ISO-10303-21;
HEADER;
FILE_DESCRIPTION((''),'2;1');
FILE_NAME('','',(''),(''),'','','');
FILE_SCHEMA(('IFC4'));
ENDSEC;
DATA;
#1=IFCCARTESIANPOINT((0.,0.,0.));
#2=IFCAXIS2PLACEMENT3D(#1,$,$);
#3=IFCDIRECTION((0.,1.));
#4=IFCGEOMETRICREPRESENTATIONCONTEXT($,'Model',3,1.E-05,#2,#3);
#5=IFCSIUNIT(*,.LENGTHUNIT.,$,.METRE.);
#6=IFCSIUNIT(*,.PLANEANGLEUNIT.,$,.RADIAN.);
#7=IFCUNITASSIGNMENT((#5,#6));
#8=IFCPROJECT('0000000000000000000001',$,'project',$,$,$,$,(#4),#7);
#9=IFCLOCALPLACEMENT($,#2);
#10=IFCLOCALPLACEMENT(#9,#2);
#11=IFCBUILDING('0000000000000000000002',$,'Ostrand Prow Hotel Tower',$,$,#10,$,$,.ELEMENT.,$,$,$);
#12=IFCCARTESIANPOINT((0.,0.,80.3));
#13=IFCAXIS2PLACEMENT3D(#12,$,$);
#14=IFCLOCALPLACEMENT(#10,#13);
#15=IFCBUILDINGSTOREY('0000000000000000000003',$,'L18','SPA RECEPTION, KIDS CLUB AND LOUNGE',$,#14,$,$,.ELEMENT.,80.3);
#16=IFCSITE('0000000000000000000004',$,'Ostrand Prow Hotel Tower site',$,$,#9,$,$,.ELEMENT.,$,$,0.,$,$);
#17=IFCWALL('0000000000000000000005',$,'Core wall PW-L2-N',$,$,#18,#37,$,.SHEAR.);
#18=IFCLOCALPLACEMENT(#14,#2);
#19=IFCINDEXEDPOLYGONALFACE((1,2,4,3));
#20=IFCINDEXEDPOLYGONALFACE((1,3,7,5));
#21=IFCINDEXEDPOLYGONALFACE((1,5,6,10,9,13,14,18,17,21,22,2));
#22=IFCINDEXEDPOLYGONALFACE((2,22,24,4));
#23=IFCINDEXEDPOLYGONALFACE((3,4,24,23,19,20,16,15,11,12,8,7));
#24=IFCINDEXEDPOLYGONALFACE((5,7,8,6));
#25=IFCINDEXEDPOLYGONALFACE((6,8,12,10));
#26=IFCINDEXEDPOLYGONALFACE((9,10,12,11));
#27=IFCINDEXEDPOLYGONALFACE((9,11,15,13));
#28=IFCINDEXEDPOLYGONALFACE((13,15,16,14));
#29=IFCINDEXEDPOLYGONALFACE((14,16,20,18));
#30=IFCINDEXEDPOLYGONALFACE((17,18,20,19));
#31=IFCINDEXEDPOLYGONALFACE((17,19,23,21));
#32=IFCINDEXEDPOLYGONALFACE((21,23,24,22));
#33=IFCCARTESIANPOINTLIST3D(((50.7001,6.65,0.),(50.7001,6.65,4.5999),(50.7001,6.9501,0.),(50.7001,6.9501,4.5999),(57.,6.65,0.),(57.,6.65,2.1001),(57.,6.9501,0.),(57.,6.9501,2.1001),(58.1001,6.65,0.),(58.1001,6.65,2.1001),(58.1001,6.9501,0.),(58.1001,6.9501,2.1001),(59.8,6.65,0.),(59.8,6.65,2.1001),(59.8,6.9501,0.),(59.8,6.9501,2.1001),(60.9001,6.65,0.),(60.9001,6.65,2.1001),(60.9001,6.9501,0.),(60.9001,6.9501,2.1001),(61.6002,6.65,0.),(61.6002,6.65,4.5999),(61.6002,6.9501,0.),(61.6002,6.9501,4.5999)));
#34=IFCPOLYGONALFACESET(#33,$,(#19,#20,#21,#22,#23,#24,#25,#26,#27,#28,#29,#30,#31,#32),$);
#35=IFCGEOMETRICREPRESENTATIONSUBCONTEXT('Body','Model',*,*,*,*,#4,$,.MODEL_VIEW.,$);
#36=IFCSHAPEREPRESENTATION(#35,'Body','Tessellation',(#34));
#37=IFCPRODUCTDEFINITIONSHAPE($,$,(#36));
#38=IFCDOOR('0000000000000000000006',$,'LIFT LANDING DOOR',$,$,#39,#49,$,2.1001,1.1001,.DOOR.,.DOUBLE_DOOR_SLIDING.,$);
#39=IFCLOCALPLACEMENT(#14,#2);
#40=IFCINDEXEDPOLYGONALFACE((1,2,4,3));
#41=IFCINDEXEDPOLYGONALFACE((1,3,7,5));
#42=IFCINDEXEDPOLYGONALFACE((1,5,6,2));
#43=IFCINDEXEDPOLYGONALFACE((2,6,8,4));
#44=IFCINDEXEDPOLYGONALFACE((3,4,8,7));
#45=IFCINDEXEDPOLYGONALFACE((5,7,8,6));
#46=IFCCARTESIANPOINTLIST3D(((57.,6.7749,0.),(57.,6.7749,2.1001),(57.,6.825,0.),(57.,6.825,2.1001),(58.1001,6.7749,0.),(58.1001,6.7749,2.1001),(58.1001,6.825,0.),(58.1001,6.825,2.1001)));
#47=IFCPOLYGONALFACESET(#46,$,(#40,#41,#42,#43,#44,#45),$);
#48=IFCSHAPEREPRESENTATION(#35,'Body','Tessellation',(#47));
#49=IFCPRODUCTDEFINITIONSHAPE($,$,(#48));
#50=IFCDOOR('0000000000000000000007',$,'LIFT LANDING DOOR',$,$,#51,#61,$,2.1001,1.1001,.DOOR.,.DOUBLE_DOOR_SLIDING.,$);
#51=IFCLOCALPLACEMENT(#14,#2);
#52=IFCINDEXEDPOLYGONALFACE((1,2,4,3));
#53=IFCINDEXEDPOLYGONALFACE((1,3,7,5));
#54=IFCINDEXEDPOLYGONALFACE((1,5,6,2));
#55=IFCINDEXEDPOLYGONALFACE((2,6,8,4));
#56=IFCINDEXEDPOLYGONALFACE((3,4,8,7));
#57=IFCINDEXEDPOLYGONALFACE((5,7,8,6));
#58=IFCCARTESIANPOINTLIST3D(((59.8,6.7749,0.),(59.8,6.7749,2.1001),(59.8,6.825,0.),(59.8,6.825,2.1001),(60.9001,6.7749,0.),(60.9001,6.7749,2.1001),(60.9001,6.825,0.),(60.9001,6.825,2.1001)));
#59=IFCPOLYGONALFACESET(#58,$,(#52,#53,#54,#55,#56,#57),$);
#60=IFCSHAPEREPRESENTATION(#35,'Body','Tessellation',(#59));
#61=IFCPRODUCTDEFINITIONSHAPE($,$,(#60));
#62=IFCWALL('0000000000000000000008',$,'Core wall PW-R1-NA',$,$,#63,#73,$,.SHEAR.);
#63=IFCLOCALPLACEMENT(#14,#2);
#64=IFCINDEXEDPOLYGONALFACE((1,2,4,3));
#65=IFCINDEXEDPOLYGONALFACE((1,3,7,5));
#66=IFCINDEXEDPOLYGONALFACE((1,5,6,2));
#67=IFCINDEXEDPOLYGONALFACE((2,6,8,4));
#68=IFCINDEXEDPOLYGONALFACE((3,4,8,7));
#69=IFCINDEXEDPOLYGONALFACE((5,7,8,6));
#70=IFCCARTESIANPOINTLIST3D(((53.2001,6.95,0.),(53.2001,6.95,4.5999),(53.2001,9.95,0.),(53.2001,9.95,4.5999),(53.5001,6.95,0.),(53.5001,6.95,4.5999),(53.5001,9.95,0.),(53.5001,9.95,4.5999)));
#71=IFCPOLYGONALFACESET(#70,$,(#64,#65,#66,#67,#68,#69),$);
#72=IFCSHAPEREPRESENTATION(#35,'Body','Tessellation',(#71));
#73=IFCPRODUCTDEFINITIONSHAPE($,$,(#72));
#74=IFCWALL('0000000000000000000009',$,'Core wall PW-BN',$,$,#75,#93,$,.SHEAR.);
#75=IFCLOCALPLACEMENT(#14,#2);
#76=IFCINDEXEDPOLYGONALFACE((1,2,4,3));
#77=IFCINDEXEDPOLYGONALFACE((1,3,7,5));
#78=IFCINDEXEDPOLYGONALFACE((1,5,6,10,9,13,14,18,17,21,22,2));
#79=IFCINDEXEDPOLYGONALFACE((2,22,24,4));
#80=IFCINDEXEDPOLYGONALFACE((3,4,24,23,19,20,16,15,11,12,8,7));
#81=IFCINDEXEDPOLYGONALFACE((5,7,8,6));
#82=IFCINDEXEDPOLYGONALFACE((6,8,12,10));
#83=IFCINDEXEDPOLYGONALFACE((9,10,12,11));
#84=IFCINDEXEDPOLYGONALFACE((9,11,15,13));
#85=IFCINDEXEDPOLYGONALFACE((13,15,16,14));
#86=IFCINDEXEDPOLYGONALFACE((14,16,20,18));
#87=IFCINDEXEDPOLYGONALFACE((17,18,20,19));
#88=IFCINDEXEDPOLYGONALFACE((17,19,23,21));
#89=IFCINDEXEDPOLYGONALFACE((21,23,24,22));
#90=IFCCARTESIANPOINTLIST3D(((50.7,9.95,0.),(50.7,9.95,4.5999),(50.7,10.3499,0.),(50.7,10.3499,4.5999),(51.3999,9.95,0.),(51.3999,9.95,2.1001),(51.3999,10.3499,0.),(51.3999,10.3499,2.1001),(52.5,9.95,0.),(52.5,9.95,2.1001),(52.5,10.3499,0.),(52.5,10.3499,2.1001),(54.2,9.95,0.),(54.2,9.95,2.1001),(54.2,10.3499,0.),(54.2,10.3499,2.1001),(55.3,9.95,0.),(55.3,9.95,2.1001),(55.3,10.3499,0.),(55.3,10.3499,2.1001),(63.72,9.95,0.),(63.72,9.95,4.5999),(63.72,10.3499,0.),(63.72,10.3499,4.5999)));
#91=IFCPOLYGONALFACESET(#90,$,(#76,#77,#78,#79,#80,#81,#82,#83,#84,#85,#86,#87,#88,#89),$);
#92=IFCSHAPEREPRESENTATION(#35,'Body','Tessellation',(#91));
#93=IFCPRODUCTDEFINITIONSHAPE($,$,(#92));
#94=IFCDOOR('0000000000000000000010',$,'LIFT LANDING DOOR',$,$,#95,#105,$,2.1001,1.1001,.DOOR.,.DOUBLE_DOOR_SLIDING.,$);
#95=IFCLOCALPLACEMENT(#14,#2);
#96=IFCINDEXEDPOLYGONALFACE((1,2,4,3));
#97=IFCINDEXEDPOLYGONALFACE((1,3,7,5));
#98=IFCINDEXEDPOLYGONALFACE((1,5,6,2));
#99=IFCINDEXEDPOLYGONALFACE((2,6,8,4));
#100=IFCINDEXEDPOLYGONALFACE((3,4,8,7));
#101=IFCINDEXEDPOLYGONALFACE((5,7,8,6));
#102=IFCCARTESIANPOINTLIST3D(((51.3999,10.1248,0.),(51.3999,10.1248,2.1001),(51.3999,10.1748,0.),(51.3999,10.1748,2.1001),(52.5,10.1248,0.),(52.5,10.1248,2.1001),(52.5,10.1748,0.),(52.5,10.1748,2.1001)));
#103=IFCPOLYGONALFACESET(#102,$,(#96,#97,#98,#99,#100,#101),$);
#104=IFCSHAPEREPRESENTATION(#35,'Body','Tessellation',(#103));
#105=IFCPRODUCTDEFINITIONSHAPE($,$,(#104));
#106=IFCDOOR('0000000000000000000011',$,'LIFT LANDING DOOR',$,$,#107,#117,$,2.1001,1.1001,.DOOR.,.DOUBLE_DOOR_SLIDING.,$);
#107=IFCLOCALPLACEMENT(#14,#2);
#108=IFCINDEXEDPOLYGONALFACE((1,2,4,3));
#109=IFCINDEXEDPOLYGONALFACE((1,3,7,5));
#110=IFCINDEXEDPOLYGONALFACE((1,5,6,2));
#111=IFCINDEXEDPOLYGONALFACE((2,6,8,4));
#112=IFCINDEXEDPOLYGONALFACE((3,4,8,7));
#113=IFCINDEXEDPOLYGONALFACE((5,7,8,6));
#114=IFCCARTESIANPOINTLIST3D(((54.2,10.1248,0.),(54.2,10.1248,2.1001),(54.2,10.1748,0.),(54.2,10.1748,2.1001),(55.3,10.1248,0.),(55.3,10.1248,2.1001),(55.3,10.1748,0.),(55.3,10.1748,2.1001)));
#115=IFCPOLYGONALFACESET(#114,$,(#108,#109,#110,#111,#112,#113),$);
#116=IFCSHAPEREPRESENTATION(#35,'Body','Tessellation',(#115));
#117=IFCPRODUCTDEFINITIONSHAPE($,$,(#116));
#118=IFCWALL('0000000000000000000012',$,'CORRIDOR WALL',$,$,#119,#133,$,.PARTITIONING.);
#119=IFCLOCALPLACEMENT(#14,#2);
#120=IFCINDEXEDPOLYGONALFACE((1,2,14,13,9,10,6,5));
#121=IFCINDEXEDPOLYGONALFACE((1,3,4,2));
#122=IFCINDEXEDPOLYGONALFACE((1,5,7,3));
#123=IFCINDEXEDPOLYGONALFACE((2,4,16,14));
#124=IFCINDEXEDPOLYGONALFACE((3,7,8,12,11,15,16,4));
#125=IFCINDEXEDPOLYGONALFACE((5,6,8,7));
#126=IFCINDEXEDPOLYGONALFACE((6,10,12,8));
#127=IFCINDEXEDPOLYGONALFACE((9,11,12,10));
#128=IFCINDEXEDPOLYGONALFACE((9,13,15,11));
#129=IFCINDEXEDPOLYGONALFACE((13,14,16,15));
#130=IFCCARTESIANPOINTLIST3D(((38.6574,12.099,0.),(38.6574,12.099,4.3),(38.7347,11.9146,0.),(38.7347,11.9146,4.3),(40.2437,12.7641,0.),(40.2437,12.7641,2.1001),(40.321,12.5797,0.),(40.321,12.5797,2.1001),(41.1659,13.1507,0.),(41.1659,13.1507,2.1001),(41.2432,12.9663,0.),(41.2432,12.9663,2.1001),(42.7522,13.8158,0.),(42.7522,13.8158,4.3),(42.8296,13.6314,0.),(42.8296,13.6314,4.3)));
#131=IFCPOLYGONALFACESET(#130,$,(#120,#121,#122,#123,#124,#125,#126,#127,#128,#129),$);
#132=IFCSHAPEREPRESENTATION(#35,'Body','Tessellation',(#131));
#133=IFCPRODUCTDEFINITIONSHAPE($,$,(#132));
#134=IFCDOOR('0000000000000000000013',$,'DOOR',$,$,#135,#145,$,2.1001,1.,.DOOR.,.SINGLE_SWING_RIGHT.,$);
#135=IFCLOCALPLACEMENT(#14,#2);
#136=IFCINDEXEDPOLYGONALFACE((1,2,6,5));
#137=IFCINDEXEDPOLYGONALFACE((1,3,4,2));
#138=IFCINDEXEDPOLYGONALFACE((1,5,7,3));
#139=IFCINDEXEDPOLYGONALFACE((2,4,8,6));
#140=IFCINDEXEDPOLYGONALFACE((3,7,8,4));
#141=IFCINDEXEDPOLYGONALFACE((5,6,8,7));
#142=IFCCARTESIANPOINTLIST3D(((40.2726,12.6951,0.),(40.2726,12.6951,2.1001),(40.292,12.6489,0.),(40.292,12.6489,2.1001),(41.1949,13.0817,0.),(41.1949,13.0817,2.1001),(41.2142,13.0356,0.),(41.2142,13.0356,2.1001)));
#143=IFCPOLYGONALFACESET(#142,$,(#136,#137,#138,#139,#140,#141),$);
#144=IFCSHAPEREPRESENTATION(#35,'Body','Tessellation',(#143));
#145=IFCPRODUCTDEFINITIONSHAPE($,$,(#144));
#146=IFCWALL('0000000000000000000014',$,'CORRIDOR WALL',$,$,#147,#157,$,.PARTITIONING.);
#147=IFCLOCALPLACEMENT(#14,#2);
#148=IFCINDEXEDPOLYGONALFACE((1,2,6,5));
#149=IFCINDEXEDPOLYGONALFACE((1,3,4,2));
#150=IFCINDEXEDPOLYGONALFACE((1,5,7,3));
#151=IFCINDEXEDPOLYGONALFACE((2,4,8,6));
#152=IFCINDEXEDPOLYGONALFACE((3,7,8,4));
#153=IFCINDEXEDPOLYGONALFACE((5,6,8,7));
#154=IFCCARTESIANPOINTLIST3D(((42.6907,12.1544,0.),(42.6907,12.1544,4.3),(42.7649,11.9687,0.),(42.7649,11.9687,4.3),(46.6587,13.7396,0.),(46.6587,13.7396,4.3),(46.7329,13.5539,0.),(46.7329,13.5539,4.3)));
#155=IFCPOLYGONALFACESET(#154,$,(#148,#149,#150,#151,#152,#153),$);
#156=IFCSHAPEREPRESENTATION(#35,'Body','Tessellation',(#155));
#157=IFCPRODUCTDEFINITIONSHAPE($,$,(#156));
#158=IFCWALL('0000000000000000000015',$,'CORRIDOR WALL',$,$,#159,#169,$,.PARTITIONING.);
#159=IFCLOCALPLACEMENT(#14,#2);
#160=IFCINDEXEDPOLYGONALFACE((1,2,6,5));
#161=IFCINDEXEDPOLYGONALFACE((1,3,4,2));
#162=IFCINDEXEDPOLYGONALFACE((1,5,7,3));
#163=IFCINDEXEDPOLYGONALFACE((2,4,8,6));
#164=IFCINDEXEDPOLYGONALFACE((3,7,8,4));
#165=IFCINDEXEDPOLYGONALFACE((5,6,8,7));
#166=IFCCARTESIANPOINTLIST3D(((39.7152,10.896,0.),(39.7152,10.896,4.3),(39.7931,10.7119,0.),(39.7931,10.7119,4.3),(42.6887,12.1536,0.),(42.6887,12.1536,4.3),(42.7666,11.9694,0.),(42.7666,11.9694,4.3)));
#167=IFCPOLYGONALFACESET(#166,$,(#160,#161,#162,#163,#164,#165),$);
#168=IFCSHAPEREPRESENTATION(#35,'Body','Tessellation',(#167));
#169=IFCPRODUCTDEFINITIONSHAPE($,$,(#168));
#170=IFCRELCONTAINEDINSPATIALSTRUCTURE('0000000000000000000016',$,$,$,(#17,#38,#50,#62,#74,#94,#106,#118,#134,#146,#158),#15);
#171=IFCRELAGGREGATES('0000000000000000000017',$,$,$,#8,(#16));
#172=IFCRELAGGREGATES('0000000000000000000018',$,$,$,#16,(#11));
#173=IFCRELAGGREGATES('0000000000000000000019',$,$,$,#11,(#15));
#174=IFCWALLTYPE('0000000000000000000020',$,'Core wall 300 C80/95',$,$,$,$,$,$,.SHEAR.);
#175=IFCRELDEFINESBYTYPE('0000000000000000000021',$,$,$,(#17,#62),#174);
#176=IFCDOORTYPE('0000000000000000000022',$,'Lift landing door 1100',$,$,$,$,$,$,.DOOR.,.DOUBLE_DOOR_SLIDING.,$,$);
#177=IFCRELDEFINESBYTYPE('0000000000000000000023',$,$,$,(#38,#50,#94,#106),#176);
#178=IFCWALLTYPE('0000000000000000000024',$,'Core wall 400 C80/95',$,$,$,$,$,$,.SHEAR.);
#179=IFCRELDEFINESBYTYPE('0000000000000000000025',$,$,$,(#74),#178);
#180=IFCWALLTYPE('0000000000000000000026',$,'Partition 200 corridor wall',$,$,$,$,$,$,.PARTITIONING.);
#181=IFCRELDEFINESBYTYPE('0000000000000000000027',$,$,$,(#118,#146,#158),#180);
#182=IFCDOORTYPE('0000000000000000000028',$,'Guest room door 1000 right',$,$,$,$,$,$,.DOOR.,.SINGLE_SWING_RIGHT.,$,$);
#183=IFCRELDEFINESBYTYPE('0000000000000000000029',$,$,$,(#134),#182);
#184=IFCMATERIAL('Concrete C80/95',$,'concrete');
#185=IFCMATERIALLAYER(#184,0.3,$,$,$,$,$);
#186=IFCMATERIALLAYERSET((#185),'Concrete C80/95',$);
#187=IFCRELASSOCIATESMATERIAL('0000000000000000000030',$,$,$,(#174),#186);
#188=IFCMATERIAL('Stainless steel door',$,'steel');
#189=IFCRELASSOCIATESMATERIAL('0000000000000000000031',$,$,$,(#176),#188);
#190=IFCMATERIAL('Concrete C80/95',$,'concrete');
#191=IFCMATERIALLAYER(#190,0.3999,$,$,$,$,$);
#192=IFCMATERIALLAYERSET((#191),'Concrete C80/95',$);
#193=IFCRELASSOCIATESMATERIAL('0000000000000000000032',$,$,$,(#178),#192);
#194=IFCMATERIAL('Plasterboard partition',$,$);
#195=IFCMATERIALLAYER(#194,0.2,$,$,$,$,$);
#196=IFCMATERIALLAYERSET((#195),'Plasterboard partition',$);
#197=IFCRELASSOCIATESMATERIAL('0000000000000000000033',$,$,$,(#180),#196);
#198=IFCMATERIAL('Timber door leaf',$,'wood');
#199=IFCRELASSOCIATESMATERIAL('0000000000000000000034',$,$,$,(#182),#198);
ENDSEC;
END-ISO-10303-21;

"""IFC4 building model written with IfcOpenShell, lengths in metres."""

from ifc_helpers import new_model, si_unit, direction, frame, frame_2d, origin, place, context, subcontext, project, spatial, rectangle, extrude, material, layer, layer_set, type_object, element, fill, save


model = new_model("IFC4")

# Units and contexts
model_context = context("Model", 3, precision=1e-05, world=origin(), true_north=direction((0.0, 1.0)))
body_context = subcontext(model_context, "Body", "Model", "MODEL_VIEW")
ifc_project = project(units=[si_unit("LENGTHUNIT", "METRE"), si_unit("PLANEANGLEUNIT", "RADIAN")], contexts=[model_context])

# Site, building, storey
site_placement = place(None, origin())
site = spatial("IfcSite", under=ifc_project, at=site_placement, Name="Ostrand Prow Hotel Tower site", CompositionType="ELEMENT", RefElevation=0.0)
building_placement = place(site_placement, origin())
building = spatial("IfcBuilding", under=site, at=building_placement, Name="Ostrand Prow Hotel Tower", CompositionType="ELEMENT")
storey_placement = place(building_placement, frame((0.0, 0.0, 80.3)))
storey = spatial("IfcBuildingStorey", under=building, at=storey_placement, Name="L18", Description="SPA RECEPTION, KIDS CLUB AND LOUNGE", CompositionType="ELEMENT", Elevation=80.3)

# Wall, openings, doors
ifc_material_1 = material(Name="Concrete C80/95", Category="concrete")
ifc_layer_1 = layer(ifc_material_1, 0.3)
ifc_layer_set_1 = layer_set([ifc_layer_1], Name="Concrete C80/95")
wall_type_1 = type_object("IfcWallType", Name="Core wall 300 C80/95", PredefinedType="SHEAR", material=ifc_layer_set_1)
wall_1_placement = place(storey_placement, frame((50.7, 6.8, 0.0), z_axis=(0.0, 0.0, 1.0), x_axis=(1.0, 0.0, 0.0)))
wall_1 = element("IfcWall", 1, at=wall_1_placement, inside=storey, type_object=wall_type_1, Name="Core wall PW-L2-N", PredefinedType="SHEAR", context=body_context, shape_type="SweptSolid", body=[
    extrude(rectangle(XDim=10.9001, YDim=0.3, at=frame_2d((5.4502, 0.0))), origin(), (0.0, 0.0, 1.0), 4.5999),
])
opening_1_placement = place(wall_1_placement, frame((6.3, 0.0, 0.0)))
opening_1 = element("IfcOpeningElement", 2, at=opening_1_placement, cuts=wall_1, PredefinedType="OPENING", context=body_context, shape_type="SweptSolid", body=[
    extrude(rectangle(XDim=1.1001, YDim=2.1001, at=frame_2d((0.55, 1.05))), frame((0.0, 0.1599, 0.0), z_axis=(0.0, -1.0, 0.0), x_axis=(1.0, 0.0, 0.0)), (0.0, 0.0, 1.0), 0.3201),
])
opening_2_placement = place(wall_1_placement, frame((9.1001, 0.0, 0.0)))
opening_2 = element("IfcOpeningElement", 3, at=opening_2_placement, cuts=wall_1, PredefinedType="OPENING", context=body_context, shape_type="SweptSolid", body=[
    extrude(rectangle(XDim=1.1001, YDim=2.1001, at=frame_2d((0.55, 1.05))), frame((0.0, 0.1599, 0.0), z_axis=(0.0, -1.0, 0.0), x_axis=(1.0, 0.0, 0.0)), (0.0, 0.0, 1.0), 0.3201),
])
ifc_material_2 = material(Name="Stainless steel door", Category="steel")
door_type_1 = type_object("IfcDoorType", Name="Lift landing door 1100", OperationType="DOUBLE_DOOR_SLIDING", PredefinedType="DOOR", material=ifc_material_2)
door_1_placement = place(opening_1_placement, origin())
door_1 = element("IfcDoor", 4, at=door_1_placement, inside=storey, type_object=door_type_1, Name="LIFT LANDING DOOR", OperationType="DOUBLE_DOOR_SLIDING", OverallHeight=2.1001, OverallWidth=1.1001, PredefinedType="DOOR", context=body_context, shape_type="SweptSolid", body=[
    extrude(rectangle(XDim=1.1001, YDim=2.1001, at=frame_2d((0.55, 1.05))), frame((0.0, 0.0249, 0.0), z_axis=(0.0, -1.0, 0.0), x_axis=(1.0, 0.0, 0.0)), (0.0, 0.0, 1.0), 0.05),
])
fill(opening_1, door_1)
door_2_placement = place(opening_2_placement, origin())
door_2 = element("IfcDoor", 5, at=door_2_placement, inside=storey, type_object=door_type_1, Name="LIFT LANDING DOOR", OperationType="DOUBLE_DOOR_SLIDING", OverallHeight=2.1001, OverallWidth=1.1001, PredefinedType="DOOR", context=body_context, shape_type="SweptSolid", body=[
    extrude(rectangle(XDim=1.1001, YDim=2.1001, at=frame_2d((0.55, 1.05))), frame((0.0, 0.0249, 0.0), z_axis=(0.0, -1.0, 0.0), x_axis=(1.0, 0.0, 0.0)), (0.0, 0.0, 1.0), 0.05),
])
fill(opening_2, door_2)

# Wall
wall_2_placement = place(storey_placement, frame((53.3501, 6.95, 0.0), z_axis=(0.0, 0.0, 1.0), x_axis=(0.0, 1.0, 0.0)))
element("IfcWall", 6, at=wall_2_placement, inside=storey, type_object=wall_type_1, Name="Core wall PW-R1-NA", PredefinedType="SHEAR", context=body_context, shape_type="SweptSolid", body=[
    extrude(rectangle(XDim=3.0, YDim=0.3, at=frame_2d((1.5, 0.0))), origin(), (0.0, 0.0, 1.0), 4.5999),
])

# Wall, openings, doors
ifc_material_3 = material(Name="Concrete C80/95", Category="concrete")
ifc_layer_2 = layer(ifc_material_3, 0.3999)
ifc_layer_set_2 = layer_set([ifc_layer_2], Name="Concrete C80/95")
wall_type_2 = type_object("IfcWallType", Name="Core wall 400 C80/95", PredefinedType="SHEAR", material=ifc_layer_set_2)
wall_3_placement = place(storey_placement, frame((50.7, 10.1499, 0.0), z_axis=(0.0, 0.0, 1.0), x_axis=(1.0, 0.0, 0.0)))
wall_3 = element("IfcWall", 7, at=wall_3_placement, inside=storey, type_object=wall_type_2, Name="Core wall PW-BN", PredefinedType="SHEAR", context=body_context, shape_type="SweptSolid", body=[
    extrude(rectangle(XDim=13.02, YDim=0.3999, at=frame_2d((6.51, 0.0))), origin(), (0.0, 0.0, 1.0), 4.5999),
])
opening_3_placement = place(wall_3_placement, frame((0.7, 0.0, 0.0)))
opening_3 = element("IfcOpeningElement", 8, at=opening_3_placement, cuts=wall_3, PredefinedType="OPENING", context=body_context, shape_type="SweptSolid", body=[
    extrude(rectangle(XDim=1.1001, YDim=2.1001, at=frame_2d((0.55, 1.05))), frame((0.0, 0.21, 0.0), z_axis=(0.0, -1.0, 0.0), x_axis=(1.0, 0.0, 0.0)), (0.0, 0.0, 1.0), 0.4199),
])
opening_4_placement = place(wall_3_placement, frame((3.5, 0.0, 0.0)))
opening_4 = element("IfcOpeningElement", 9, at=opening_4_placement, cuts=wall_3, PredefinedType="OPENING", context=body_context, shape_type="SweptSolid", body=[
    extrude(rectangle(XDim=1.1001, YDim=2.1001, at=frame_2d((0.55, 1.05))), frame((0.0, 0.21, 0.0), z_axis=(0.0, -1.0, 0.0), x_axis=(1.0, 0.0, 0.0)), (0.0, 0.0, 1.0), 0.4199),
])
door_3_placement = place(opening_3_placement, origin())
door_3 = element("IfcDoor", 10, at=door_3_placement, inside=storey, type_object=door_type_1, Name="LIFT LANDING DOOR", OperationType="DOUBLE_DOOR_SLIDING", OverallHeight=2.1001, OverallWidth=1.1001, PredefinedType="DOOR", context=body_context, shape_type="SweptSolid", body=[
    extrude(rectangle(XDim=1.1001, YDim=2.1001, at=frame_2d((0.55, 1.05))), frame((0.0, 0.0249, 0.0), z_axis=(0.0, -1.0, 0.0), x_axis=(1.0, 0.0, 0.0)), (0.0, 0.0, 1.0), 0.05),
])
fill(opening_3, door_3)
door_4_placement = place(opening_4_placement, origin())
door_4 = element("IfcDoor", 11, at=door_4_placement, inside=storey, type_object=door_type_1, Name="LIFT LANDING DOOR", OperationType="DOUBLE_DOOR_SLIDING", OverallHeight=2.1001, OverallWidth=1.1001, PredefinedType="DOOR", context=body_context, shape_type="SweptSolid", body=[
    extrude(rectangle(XDim=1.1001, YDim=2.1001, at=frame_2d((0.55, 1.05))), frame((0.0, 0.0249, 0.0), z_axis=(0.0, -1.0, 0.0), x_axis=(1.0, 0.0, 0.0)), (0.0, 0.0, 1.0), 0.05),
])
fill(opening_4, door_4)

# Wall, opening, door
ifc_material_4 = material(Name="Plasterboard partition")
ifc_layer_3 = layer(ifc_material_4, 0.2)
ifc_layer_set_3 = layer_set([ifc_layer_3], Name="Plasterboard partition")
wall_type_3 = type_object("IfcWallType", Name="Partition 200 corridor wall", PredefinedType="PARTITIONING", material=ifc_layer_set_3)
wall_4_placement = place(storey_placement, frame((42.791, 13.7236, 0.0), z_axis=(0.0, 0.0, 1.0), x_axis=(-0.92223, -0.386641, 0.0)))
wall_4 = element("IfcWall", 12, at=wall_4_placement, inside=storey, type_object=wall_type_3, Name="CORRIDOR WALL", PredefinedType="PARTITIONING", context=body_context, shape_type="SweptSolid", body=[
    extrude(rectangle(XDim=4.4402, YDim=0.2, at=frame_2d((2.2202, 0.0))), origin(), (0.0, 0.0, 1.0), 4.3),
])
opening_5_placement = place(wall_4_placement, frame((1.7202, 0.0, 0.0)))
opening_5 = element("IfcOpeningElement", 13, at=opening_5_placement, cuts=wall_4, PredefinedType="OPENING", context=body_context, shape_type="SweptSolid", body=[
    extrude(rectangle(XDim=1.0, YDim=2.1001, at=frame_2d((0.5, 1.05))), frame((0.0, 0.1099, 0.0), z_axis=(0.0, -1.0, 0.0), x_axis=(1.0, 0.0, 0.0)), (0.0, 0.0, 1.0), 0.22),
])
ifc_material_5 = material(Name="Timber door leaf", Category="wood")
door_type_2 = type_object("IfcDoorType", Name="Guest room door 1000 right", OperationType="SINGLE_SWING_RIGHT", PredefinedType="DOOR", material=ifc_material_5)
door_5_placement = place(opening_5_placement, origin())
door_5 = element("IfcDoor", 14, at=door_5_placement, inside=storey, type_object=door_type_2, Name="DOOR", OperationType="SINGLE_SWING_RIGHT", OverallHeight=2.1001, OverallWidth=1.0, PredefinedType="DOOR", context=body_context, shape_type="SweptSolid", body=[
    extrude(rectangle(XDim=1.0, YDim=2.1001, at=frame_2d((0.5, 1.05))), frame((0.0, 0.0249, 0.0), z_axis=(0.0, -1.0, 0.0), x_axis=(1.0, 0.0, 0.0)), (0.0, 0.0, 1.0), 0.05),
])
fill(opening_5, door_5)

# Walls
wall_5_placement = place(storey_placement, frame((42.7278, 12.0615, 0.0), z_axis=(0.0, 0.0, 1.0), x_axis=(0.928638, 0.370987, 0.0)))
element("IfcWall", 15, at=wall_5_placement, inside=storey, type_object=wall_type_3, Name="CORRIDOR WALL", PredefinedType="PARTITIONING", context=body_context, shape_type="SweptSolid", body=[
    extrude(rectangle(XDim=4.2729, YDim=0.2, at=frame_2d((2.1365, 0.0))), origin(), (0.0, 0.0, 1.0), 4.3),
])
wall_6_placement = place(storey_placement, frame((39.7542, 10.804, 0.0), z_axis=(0.0, 0.0, 1.0), x_axis=(0.921024, 0.389507, 0.0)))
element("IfcWall", 16, at=wall_6_placement, inside=storey, type_object=wall_type_3, Name="CORRIDOR WALL", PredefinedType="PARTITIONING", context=body_context, shape_type="SweptSolid", body=[
    extrude(rectangle(XDim=3.2285, YDim=0.2, at=frame_2d((1.6143, 0.0))), origin(), (0.0, 0.0, 1.0), 4.3),
])

save(model, "model.ifc")
